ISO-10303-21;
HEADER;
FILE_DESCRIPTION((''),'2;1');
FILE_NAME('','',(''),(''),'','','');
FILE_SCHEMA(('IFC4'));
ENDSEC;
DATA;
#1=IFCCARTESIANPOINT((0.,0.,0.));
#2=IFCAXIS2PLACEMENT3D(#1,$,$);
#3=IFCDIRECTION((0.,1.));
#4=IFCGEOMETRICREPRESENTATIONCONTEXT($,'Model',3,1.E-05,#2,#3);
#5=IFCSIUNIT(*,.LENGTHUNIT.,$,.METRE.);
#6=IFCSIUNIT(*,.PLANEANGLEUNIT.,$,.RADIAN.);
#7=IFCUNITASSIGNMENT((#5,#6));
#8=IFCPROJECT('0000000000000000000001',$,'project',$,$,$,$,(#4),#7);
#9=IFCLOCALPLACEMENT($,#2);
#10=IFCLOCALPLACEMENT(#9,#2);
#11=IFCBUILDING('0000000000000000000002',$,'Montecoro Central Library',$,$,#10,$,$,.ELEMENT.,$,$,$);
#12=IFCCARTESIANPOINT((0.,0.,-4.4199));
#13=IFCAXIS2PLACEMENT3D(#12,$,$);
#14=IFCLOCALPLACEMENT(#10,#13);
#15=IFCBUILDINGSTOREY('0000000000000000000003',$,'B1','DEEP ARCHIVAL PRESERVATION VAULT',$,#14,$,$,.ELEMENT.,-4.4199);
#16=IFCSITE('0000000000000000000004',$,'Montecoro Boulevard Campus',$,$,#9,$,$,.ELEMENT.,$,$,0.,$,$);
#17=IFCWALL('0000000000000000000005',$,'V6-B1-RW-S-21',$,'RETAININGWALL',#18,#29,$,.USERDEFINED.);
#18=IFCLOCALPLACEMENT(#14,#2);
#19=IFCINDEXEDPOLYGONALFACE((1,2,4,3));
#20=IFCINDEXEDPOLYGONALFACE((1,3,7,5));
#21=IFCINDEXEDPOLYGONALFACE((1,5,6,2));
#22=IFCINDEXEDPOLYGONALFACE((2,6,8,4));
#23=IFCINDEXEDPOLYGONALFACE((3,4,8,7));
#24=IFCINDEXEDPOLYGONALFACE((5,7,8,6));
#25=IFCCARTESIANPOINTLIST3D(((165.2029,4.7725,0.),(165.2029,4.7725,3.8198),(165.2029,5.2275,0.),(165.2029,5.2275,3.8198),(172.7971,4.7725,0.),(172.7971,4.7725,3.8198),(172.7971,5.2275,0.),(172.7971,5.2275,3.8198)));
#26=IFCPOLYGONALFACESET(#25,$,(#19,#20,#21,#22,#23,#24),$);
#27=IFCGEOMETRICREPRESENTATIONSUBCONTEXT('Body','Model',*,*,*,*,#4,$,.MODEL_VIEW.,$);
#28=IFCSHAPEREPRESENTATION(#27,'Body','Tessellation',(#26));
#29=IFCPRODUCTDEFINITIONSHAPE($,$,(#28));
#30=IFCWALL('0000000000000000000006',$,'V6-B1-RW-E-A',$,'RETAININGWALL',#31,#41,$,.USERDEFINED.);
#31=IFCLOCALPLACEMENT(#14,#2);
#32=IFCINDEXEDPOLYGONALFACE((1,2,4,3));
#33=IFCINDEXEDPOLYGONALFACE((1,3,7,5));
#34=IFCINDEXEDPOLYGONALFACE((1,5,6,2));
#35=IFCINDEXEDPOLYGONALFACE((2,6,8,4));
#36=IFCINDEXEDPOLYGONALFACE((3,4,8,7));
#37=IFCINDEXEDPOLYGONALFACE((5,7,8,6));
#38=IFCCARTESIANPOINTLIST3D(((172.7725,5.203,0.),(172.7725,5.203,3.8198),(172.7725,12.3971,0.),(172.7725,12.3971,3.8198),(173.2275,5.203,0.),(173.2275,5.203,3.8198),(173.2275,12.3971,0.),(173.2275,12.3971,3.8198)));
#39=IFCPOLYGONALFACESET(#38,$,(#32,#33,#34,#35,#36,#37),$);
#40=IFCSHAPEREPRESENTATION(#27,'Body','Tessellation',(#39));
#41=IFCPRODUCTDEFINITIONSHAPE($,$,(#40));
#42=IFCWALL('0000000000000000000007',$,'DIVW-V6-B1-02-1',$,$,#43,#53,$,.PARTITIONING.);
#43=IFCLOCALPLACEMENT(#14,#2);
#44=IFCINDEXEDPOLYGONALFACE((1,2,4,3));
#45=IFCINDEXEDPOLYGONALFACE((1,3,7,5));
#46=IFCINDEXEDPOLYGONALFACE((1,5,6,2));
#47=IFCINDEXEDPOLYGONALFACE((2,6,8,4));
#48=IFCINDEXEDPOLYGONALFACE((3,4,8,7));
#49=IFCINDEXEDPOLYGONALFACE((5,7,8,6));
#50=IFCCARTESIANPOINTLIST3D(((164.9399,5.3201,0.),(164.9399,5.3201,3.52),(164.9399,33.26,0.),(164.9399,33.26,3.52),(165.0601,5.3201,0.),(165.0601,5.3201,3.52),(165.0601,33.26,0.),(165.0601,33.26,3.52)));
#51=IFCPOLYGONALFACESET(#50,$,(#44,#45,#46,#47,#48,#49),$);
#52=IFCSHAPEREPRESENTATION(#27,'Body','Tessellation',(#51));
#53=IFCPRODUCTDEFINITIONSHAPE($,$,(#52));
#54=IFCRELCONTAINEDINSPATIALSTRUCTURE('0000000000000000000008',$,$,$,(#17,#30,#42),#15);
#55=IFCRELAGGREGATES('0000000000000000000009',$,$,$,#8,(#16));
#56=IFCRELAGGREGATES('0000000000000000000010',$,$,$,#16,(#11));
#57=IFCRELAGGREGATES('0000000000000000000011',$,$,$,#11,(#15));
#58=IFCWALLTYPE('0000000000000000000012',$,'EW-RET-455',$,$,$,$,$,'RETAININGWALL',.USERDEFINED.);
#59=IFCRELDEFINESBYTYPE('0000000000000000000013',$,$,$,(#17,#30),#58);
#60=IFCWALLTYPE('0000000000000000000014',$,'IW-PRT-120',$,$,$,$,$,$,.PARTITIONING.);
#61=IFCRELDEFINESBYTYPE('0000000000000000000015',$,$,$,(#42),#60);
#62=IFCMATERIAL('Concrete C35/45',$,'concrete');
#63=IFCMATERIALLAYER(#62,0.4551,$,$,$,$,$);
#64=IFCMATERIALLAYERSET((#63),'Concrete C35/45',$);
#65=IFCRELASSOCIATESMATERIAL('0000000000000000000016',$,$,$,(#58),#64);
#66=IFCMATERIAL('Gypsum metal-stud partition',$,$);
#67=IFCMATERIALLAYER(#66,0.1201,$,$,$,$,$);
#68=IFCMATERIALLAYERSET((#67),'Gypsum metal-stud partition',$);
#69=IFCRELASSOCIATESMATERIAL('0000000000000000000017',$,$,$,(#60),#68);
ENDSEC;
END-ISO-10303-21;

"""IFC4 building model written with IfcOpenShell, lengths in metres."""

from ifc_helpers import new_model, si_unit, direction, frame, frame_2d, origin, place, context, subcontext, project, spatial, rectangle, extrude, material, layer, layer_set, type_object, element, save


model = new_model("IFC4")

# Units and contexts
model_context = context("Model", 3, precision=1e-05, world=origin(), true_north=direction((0.0, 1.0)))
body_context = subcontext(model_context, "Body", "Model", "MODEL_VIEW")
ifc_project = project(units=[si_unit("LENGTHUNIT", "METRE"), si_unit("PLANEANGLEUNIT", "RADIAN")], contexts=[model_context])

# Site, building, storey
site_placement = place(None, origin())
site = spatial("IfcSite", under=ifc_project, at=site_placement, Name="Montecoro Boulevard Campus", CompositionType="ELEMENT", RefElevation=0.0)
building_placement = place(site_placement, origin())
building = spatial("IfcBuilding", under=site, at=building_placement, Name="Montecoro Central Library", CompositionType="ELEMENT")
storey_placement = place(building_placement, frame((0.0, 0.0, -4.4199)))
storey = spatial("IfcBuildingStorey", under=building, at=storey_placement, Name="B1", Description="DEEP ARCHIVAL PRESERVATION VAULT", CompositionType="ELEMENT", Elevation=-4.4199)

# Shared definitions
ifc_material_1 = material(Name="Concrete C35/45", Category="concrete")

# Walls
ifc_layer_1 = layer(ifc_material_1, 0.4551)
ifc_layer_set_1 = layer_set([ifc_layer_1], Name="Concrete C35/45")
wall_type_1 = type_object("IfcWallType", Name="EW-RET-455", ElementType="RETAININGWALL", PredefinedType="USERDEFINED", material=ifc_layer_set_1)
wall_1_placement = place(storey_placement, frame((165.2029, 5.0, 0.0), z_axis=(0.0, 0.0, 1.0), x_axis=(1.0, 0.0, 0.0)))
element("IfcWall", 1, at=wall_1_placement, inside=storey, type_object=wall_type_1, Name="V6-B1-RW-S-21", ObjectType="RETAININGWALL", PredefinedType="USERDEFINED", context=body_context, shape_type="SweptSolid", body=[
    extrude(rectangle(XDim=7.5942, YDim=0.4551, at=frame_2d((3.7971, 0.0))), origin(), (0.0, 0.0, 1.0), 3.8198),
])
wall_2_placement = place(storey_placement, frame((173.0, 5.2029, 0.0), z_axis=(0.0, 0.0, 1.0), x_axis=(0.0, 1.0, 0.0)))
element("IfcWall", 2, at=wall_2_placement, inside=storey, type_object=wall_type_1, Name="V6-B1-RW-E-A", ObjectType="RETAININGWALL", PredefinedType="USERDEFINED", context=body_context, shape_type="SweptSolid", body=[
    extrude(rectangle(XDim=7.1941, YDim=0.4551, at=frame_2d((3.5972, 0.0))), origin(), (0.0, 0.0, 1.0), 3.8198),
])
ifc_material_2 = material(Name="Gypsum metal-stud partition")
ifc_layer_2 = layer(ifc_material_2, 0.1201)
ifc_layer_set_2 = layer_set([ifc_layer_2], Name="Gypsum metal-stud partition")
wall_type_2 = type_object("IfcWallType", Name="IW-PRT-120", PredefinedType="PARTITIONING", material=ifc_layer_set_2)
wall_3_placement = place(storey_placement, frame((165.0, 5.3201, 0.0), z_axis=(0.0, 0.0, 1.0), x_axis=(0.0, 1.0, 0.0)))
element("IfcWall", 3, at=wall_3_placement, inside=storey, type_object=wall_type_2, Name="DIVW-V6-B1-02-1", PredefinedType="PARTITIONING", context=body_context, shape_type="SweptSolid", body=[
    extrude(rectangle(XDim=27.9399, YDim=0.1201, at=frame_2d((13.97, 0.0))), origin(), (0.0, 0.0, 1.0), 3.52),
])

save(model, "model.ifc")
